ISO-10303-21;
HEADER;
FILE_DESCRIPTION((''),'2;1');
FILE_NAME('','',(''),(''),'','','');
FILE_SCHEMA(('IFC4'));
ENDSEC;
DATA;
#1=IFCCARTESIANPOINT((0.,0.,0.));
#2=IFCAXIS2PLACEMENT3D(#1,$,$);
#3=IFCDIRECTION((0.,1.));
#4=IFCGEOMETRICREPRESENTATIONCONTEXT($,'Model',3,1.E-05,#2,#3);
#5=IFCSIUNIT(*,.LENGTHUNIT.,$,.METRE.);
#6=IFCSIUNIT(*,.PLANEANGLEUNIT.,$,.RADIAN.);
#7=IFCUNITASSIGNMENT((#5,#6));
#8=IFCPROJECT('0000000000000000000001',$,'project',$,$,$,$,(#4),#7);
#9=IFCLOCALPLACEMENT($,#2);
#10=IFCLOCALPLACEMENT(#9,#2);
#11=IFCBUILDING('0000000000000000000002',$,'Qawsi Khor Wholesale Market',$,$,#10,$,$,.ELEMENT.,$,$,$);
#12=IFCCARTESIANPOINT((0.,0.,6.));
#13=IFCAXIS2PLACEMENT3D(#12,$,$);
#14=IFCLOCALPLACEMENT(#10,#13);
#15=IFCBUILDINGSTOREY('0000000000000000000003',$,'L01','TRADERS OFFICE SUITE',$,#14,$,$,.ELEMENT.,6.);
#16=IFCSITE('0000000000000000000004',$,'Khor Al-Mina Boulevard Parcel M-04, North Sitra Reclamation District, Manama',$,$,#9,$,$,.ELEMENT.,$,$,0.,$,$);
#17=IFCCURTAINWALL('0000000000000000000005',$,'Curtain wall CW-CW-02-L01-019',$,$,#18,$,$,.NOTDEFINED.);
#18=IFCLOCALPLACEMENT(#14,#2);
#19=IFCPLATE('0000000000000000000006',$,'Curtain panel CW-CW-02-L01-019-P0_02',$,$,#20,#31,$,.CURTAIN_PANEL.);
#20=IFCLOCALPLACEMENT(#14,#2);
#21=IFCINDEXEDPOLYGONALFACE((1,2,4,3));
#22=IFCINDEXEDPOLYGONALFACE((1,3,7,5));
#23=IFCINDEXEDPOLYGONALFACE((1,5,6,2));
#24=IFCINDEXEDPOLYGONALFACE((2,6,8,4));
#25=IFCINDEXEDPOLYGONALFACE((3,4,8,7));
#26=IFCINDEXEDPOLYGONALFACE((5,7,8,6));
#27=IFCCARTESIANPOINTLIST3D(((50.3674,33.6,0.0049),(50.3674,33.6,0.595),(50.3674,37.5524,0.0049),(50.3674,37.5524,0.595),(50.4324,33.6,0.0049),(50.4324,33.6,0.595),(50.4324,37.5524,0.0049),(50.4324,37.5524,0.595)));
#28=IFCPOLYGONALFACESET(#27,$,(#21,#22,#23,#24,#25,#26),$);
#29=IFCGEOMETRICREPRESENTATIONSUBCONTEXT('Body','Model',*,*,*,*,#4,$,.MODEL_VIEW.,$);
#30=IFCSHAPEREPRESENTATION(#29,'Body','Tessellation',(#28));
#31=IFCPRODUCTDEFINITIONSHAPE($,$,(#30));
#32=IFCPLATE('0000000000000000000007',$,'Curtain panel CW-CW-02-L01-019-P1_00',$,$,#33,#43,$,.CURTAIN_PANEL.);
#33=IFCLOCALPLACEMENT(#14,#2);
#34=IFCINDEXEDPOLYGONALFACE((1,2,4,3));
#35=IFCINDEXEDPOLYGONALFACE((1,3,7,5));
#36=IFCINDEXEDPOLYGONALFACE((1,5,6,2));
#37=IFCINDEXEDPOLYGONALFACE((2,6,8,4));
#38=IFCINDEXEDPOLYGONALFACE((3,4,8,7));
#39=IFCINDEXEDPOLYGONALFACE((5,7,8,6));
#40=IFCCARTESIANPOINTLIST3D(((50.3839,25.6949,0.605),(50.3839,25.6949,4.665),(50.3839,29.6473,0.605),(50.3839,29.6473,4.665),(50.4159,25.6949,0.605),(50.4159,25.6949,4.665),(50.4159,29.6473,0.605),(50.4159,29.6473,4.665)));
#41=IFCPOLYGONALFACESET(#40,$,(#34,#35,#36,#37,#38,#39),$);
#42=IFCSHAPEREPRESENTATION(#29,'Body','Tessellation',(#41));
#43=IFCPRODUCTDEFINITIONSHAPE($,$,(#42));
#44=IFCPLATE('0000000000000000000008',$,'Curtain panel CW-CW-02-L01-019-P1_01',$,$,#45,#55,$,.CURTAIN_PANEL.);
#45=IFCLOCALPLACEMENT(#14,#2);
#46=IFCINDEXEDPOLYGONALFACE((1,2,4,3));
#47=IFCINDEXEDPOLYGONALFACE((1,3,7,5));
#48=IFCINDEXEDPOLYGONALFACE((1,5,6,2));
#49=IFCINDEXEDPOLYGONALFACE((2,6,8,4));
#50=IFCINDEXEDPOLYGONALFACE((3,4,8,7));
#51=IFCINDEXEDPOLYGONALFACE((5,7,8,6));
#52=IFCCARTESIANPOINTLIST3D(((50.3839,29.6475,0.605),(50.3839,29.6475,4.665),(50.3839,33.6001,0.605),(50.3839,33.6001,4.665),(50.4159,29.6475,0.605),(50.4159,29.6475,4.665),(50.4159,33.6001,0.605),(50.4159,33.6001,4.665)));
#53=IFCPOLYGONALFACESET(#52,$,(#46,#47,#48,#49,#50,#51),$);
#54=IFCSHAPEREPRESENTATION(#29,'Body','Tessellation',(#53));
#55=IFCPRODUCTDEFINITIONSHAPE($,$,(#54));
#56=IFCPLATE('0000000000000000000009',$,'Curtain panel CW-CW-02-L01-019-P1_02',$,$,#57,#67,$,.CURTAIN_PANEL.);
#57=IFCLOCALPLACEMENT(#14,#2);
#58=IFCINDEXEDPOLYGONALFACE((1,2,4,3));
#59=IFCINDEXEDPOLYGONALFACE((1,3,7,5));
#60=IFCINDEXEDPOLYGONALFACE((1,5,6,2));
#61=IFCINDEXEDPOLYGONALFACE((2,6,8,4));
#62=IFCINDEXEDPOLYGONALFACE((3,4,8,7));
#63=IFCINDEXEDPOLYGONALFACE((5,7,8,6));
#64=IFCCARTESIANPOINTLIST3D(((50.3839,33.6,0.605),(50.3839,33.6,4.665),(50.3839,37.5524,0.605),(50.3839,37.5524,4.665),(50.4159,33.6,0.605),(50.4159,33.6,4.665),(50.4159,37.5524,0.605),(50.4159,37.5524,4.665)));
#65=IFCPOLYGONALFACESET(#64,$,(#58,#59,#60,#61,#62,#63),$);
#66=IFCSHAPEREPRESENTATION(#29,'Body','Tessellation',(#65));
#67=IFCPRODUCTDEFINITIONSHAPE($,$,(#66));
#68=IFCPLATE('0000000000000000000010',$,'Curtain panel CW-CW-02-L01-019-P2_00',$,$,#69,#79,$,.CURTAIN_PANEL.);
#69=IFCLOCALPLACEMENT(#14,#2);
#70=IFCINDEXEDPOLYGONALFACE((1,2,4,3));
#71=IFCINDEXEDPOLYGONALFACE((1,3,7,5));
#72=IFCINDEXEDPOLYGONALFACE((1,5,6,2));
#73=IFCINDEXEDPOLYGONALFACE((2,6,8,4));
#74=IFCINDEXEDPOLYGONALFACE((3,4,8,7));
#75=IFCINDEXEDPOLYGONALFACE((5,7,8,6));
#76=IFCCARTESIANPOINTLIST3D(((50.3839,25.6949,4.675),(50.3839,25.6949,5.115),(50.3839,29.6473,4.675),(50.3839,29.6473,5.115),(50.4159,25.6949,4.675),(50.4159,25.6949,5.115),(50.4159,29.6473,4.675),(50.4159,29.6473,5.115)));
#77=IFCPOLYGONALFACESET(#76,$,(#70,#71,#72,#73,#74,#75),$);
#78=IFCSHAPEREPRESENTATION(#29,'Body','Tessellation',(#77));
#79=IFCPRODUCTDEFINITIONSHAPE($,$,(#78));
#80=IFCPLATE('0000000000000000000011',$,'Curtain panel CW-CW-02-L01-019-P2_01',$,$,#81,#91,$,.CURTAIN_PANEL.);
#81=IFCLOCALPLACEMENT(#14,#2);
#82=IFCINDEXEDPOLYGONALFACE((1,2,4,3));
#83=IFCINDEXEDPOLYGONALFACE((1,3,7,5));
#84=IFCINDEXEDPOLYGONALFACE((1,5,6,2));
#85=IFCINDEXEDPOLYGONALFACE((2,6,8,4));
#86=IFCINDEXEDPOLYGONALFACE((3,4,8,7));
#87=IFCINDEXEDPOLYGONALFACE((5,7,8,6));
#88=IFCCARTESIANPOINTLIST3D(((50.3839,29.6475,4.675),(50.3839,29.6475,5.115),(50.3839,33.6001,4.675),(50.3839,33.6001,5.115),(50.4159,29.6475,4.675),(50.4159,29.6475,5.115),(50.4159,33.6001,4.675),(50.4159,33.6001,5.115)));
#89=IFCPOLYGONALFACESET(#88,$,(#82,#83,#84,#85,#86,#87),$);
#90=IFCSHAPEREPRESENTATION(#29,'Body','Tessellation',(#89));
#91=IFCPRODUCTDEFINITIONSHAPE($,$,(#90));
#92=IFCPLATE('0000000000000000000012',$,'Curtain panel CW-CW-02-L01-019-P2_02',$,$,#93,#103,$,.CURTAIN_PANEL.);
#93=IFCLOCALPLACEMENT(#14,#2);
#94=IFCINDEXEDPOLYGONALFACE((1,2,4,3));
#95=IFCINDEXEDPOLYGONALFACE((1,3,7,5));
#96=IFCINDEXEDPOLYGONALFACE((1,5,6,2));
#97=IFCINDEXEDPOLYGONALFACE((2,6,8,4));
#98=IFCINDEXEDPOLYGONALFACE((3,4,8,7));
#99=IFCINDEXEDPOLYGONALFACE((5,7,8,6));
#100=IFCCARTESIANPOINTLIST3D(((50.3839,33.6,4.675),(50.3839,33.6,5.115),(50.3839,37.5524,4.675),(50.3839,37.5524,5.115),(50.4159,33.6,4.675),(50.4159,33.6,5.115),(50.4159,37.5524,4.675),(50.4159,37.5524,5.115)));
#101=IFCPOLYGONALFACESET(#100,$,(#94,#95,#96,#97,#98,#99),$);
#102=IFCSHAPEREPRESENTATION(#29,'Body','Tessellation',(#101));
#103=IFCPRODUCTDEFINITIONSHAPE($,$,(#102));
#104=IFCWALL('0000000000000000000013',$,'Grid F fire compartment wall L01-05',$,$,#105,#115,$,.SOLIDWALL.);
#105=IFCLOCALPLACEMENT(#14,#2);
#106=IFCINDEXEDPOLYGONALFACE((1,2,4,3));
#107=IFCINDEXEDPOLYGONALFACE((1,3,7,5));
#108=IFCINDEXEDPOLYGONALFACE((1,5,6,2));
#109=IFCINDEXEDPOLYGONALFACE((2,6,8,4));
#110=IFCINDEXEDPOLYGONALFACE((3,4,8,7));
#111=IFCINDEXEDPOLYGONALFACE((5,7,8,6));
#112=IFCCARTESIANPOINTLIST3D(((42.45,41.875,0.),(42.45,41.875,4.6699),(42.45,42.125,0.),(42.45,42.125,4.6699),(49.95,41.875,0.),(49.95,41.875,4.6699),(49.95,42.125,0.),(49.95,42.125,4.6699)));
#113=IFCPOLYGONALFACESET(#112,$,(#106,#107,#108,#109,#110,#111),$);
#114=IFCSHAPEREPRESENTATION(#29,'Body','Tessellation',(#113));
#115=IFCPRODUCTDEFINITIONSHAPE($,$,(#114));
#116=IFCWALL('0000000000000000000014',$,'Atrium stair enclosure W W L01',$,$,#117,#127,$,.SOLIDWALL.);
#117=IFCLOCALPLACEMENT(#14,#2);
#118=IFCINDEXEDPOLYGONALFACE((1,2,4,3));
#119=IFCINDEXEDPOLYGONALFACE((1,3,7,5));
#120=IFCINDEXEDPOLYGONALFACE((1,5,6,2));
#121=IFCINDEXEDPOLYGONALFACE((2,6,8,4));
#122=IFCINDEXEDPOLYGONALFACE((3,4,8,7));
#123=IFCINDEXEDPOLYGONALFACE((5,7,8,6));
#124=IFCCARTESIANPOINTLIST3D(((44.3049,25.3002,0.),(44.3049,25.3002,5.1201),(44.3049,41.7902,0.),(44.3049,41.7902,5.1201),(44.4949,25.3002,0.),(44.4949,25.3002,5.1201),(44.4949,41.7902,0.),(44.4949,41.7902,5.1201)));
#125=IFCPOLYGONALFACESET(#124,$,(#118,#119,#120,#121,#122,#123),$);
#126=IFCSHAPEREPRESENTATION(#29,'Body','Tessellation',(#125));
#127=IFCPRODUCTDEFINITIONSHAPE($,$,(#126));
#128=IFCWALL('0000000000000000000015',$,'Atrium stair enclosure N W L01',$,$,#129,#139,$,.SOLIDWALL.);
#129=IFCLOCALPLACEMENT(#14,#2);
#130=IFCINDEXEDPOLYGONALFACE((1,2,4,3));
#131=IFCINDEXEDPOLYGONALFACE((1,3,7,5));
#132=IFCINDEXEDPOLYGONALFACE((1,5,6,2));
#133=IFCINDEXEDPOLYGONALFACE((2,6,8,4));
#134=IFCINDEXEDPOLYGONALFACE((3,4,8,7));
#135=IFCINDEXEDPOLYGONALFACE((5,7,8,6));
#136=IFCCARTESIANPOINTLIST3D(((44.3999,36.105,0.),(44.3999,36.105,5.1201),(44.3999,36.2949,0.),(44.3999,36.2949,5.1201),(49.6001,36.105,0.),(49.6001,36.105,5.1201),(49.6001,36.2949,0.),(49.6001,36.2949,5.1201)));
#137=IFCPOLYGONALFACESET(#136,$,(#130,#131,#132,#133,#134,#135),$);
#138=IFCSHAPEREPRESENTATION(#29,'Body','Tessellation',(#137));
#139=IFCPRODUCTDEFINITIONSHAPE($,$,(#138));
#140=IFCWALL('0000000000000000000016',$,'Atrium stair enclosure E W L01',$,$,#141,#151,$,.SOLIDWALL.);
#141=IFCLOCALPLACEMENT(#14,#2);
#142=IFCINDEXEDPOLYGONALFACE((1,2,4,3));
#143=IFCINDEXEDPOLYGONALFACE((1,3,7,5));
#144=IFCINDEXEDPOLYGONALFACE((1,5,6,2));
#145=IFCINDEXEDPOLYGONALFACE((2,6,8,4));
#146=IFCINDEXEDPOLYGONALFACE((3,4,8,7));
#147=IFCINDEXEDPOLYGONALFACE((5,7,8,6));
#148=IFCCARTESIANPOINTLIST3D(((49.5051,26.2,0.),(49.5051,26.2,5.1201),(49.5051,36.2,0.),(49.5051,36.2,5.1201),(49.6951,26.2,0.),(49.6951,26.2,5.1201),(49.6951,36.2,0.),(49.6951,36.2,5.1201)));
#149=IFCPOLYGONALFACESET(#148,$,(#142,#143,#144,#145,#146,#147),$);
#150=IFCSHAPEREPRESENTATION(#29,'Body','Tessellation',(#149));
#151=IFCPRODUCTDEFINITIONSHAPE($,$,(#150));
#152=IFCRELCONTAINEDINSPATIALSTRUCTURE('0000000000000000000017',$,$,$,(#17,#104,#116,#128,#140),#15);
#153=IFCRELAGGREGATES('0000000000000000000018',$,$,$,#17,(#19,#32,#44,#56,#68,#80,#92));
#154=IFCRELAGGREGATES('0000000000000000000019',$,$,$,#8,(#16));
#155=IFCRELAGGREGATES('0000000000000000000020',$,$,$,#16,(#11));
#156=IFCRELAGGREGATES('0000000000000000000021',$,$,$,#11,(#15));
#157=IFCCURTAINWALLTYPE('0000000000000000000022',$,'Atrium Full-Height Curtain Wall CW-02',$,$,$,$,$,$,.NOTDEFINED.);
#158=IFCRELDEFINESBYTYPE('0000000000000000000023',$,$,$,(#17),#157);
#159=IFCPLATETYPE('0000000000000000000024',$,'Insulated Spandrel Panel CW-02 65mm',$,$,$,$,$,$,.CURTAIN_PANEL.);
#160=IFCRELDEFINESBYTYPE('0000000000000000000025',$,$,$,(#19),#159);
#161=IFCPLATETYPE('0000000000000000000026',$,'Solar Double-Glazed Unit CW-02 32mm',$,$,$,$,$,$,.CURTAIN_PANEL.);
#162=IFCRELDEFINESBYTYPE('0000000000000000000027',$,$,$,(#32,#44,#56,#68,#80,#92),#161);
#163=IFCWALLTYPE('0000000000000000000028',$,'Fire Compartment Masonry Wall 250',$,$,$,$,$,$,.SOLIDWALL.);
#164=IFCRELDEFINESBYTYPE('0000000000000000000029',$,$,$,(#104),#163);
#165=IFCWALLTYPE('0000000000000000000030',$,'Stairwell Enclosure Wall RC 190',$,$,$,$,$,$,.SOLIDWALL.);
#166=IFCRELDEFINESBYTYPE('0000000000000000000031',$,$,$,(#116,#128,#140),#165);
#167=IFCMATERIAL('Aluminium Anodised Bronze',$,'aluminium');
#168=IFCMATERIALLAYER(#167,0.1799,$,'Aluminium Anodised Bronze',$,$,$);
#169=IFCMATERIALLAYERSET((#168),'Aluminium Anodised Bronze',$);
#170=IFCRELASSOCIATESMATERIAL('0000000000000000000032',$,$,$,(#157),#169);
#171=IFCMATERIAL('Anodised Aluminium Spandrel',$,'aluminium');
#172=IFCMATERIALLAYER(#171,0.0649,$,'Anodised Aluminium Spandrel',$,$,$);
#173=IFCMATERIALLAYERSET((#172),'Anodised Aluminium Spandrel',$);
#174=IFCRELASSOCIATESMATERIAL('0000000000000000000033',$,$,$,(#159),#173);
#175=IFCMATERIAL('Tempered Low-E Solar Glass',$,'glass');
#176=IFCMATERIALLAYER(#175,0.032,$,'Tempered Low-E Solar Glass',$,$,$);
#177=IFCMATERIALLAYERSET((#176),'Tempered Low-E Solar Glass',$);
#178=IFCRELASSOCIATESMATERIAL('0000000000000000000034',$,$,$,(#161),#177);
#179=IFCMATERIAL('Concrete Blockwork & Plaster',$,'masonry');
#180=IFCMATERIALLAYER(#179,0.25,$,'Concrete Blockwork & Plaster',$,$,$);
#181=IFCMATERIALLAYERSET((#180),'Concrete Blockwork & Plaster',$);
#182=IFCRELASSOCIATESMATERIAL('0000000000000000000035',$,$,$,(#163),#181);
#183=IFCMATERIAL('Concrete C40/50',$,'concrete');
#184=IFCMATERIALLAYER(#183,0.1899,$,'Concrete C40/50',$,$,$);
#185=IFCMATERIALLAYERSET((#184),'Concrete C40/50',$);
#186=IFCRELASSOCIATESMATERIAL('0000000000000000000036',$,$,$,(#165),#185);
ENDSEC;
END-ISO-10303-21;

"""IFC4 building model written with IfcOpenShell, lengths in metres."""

from ifc_helpers import new_model, si_unit, direction, frame, frame_2d, origin, place, context, subcontext, project, spatial, rectangle, extrude, material, layer, layer_set, type_object, element, aggregate, save


model = new_model("IFC4")

# Units and contexts
model_context = context("Model", 3, precision=1e-05, world=origin(), true_north=direction((0.0, 1.0)))
body_context = subcontext(model_context, "Body", "Model", "MODEL_VIEW")
ifc_project = project(units=[si_unit("LENGTHUNIT", "METRE"), si_unit("PLANEANGLEUNIT", "RADIAN")], contexts=[model_context])

# Site, building, storey
site_placement = place(None, origin())
site = spatial("IfcSite", under=ifc_project, at=site_placement, Name="Khor Al-Mina Boulevard Parcel M-04, North Sitra Reclamation District, Manama", CompositionType="ELEMENT", RefElevation=0.0)
building_placement = place(site_placement, origin())
building = spatial("IfcBuilding", under=site, at=building_placement, Name="Qawsi Khor Wholesale Market", CompositionType="ELEMENT")
storey_placement = place(building_placement, frame((0.0, 0.0, 6.0)))
storey = spatial("IfcBuildingStorey", under=building, at=storey_placement, Name="L01", Description="TRADERS OFFICE SUITE", CompositionType="ELEMENT", Elevation=6.0)

# Curtain wall
ifc_material_1 = material(Name="Aluminium Anodised Bronze", Category="aluminium")
ifc_layer_1 = layer(ifc_material_1, 0.1799, Name="Aluminium Anodised Bronze")
ifc_layer_set_1 = layer_set([ifc_layer_1], Name="Aluminium Anodised Bronze")
curtain_wall_type = type_object("IfcCurtainWallType", Name="Atrium Full-Height Curtain Wall CW-02", PredefinedType="NOTDEFINED", material=ifc_layer_set_1)
curtain_wall_placement = place(storey_placement, origin())
curtain_wall = element("IfcCurtainWall", 1, at=curtain_wall_placement, inside=storey, type_object=curtain_wall_type, Name="Curtain wall CW-CW-02-L01-019", PredefinedType="NOTDEFINED")

# Plates
ifc_material_2 = material(Name="Anodised Aluminium Spandrel", Category="aluminium")
ifc_layer_2 = layer(ifc_material_2, 0.0649, Name="Anodised Aluminium Spandrel")
ifc_layer_set_2 = layer_set([ifc_layer_2], Name="Anodised Aluminium Spandrel")
plate_type_1 = type_object("IfcPlateType", Name="Insulated Spandrel Panel CW-02 65mm", PredefinedType="CURTAIN_PANEL", material=ifc_layer_set_2)
plate_1_placement = place(storey_placement, frame((50.3999, 33.6001, 0.0049), z_axis=(0.0, 0.0, 1.0), x_axis=(0.0, 1.0, 0.0)))
plate_1 = element("IfcPlate", 2, at=plate_1_placement, type_object=plate_type_1, Name="Curtain panel CW-CW-02-L01-019-P0_02", PredefinedType="CURTAIN_PANEL", context=body_context, shape_type="SweptSolid", body=[
    extrude(rectangle(XDim=3.9524, YDim=0.0649, at=frame_2d((1.9761, 0.0))), origin(), (0.0, 0.0, 1.0), 0.5901),
])
ifc_material_3 = material(Name="Tempered Low-E Solar Glass", Category="glass")
ifc_layer_3 = layer(ifc_material_3, 0.032, Name="Tempered Low-E Solar Glass")
ifc_layer_set_3 = layer_set([ifc_layer_3], Name="Tempered Low-E Solar Glass")
plate_type_2 = type_object("IfcPlateType", Name="Solar Double-Glazed Unit CW-02 32mm", PredefinedType="CURTAIN_PANEL", material=ifc_layer_set_3)
plate_2_placement = place(storey_placement, frame((50.3999, 25.6951, 0.605), z_axis=(0.0, 0.0, 1.0), x_axis=(0.0, 1.0, 0.0)))
plate_2 = element("IfcPlate", 3, at=plate_2_placement, type_object=plate_type_2, Name="Curtain panel CW-CW-02-L01-019-P1_00", PredefinedType="CURTAIN_PANEL", context=body_context, shape_type="SweptSolid", body=[
    extrude(rectangle(XDim=3.9524, YDim=0.032, at=frame_2d((1.9761, 0.0))), origin(), (0.0, 0.0, 1.0), 4.0601),
])
plate_3_placement = place(storey_placement, frame((50.3999, 29.6475, 0.605), z_axis=(0.0, 0.0, 1.0), x_axis=(0.0, 1.0, 0.0)))
plate_3 = element("IfcPlate", 4, at=plate_3_placement, type_object=plate_type_2, Name="Curtain panel CW-CW-02-L01-019-P1_01", PredefinedType="CURTAIN_PANEL", context=body_context, shape_type="SweptSolid", body=[
    extrude(rectangle(XDim=3.9526, YDim=0.032, at=frame_2d((1.9763, 0.0))), origin(), (0.0, 0.0, 1.0), 4.0601),
])
plate_4_placement = place(storey_placement, frame((50.3999, 33.6001, 0.605), z_axis=(0.0, 0.0, 1.0), x_axis=(0.0, 1.0, 0.0)))
plate_4 = element("IfcPlate", 5, at=plate_4_placement, type_object=plate_type_2, Name="Curtain panel CW-CW-02-L01-019-P1_02", PredefinedType="CURTAIN_PANEL", context=body_context, shape_type="SweptSolid", body=[
    extrude(rectangle(XDim=3.9524, YDim=0.032, at=frame_2d((1.9761, 0.0))), origin(), (0.0, 0.0, 1.0), 4.0601),
])
plate_5_placement = place(storey_placement, frame((50.3999, 25.6951, 4.675), z_axis=(0.0, 0.0, 1.0), x_axis=(0.0, 1.0, 0.0)))
plate_5 = element("IfcPlate", 6, at=plate_5_placement, type_object=plate_type_2, Name="Curtain panel CW-CW-02-L01-019-P2_00", PredefinedType="CURTAIN_PANEL", context=body_context, shape_type="SweptSolid", body=[
    extrude(rectangle(XDim=3.9524, YDim=0.032, at=frame_2d((1.9761, 0.0))), origin(), (0.0, 0.0, 1.0), 0.4399),
])
plate_6_placement = place(storey_placement, frame((50.3999, 29.6475, 4.675), z_axis=(0.0, 0.0, 1.0), x_axis=(0.0, 1.0, 0.0)))
plate_6 = element("IfcPlate", 7, at=plate_6_placement, type_object=plate_type_2, Name="Curtain panel CW-CW-02-L01-019-P2_01", PredefinedType="CURTAIN_PANEL", context=body_context, shape_type="SweptSolid", body=[
    extrude(rectangle(XDim=3.9526, YDim=0.032, at=frame_2d((1.9763, 0.0))), origin(), (0.0, 0.0, 1.0), 0.4399),
])
plate_7_placement = place(storey_placement, frame((50.3999, 33.6001, 4.675), z_axis=(0.0, 0.0, 1.0), x_axis=(0.0, 1.0, 0.0)))
plate_7 = element("IfcPlate", 8, at=plate_7_placement, type_object=plate_type_2, Name="Curtain panel CW-CW-02-L01-019-P2_02", PredefinedType="CURTAIN_PANEL", context=body_context, shape_type="SweptSolid", body=[
    extrude(rectangle(XDim=3.9524, YDim=0.032, at=frame_2d((1.9761, 0.0))), origin(), (0.0, 0.0, 1.0), 0.4399),
])
aggregate(curtain_wall, [plate_1, plate_2, plate_3, plate_4, plate_5, plate_6, plate_7])

# Walls
ifc_material_4 = material(Name="Concrete Blockwork & Plaster", Category="masonry")
ifc_layer_4 = layer(ifc_material_4, 0.25, Name="Concrete Blockwork & Plaster")
ifc_layer_set_4 = layer_set([ifc_layer_4], Name="Concrete Blockwork & Plaster")
wall_type_1 = type_object("IfcWallType", Name="Fire Compartment Masonry Wall 250", PredefinedType="SOLIDWALL", material=ifc_layer_set_4)
wall_1_placement = place(storey_placement, frame((42.45, 42.0, 0.0), z_axis=(0.0, 0.0, 1.0), x_axis=(1.0, 0.0, 0.0)))
element("IfcWall", 9, at=wall_1_placement, inside=storey, type_object=wall_type_1, Name="Grid F fire compartment wall L01-05", PredefinedType="SOLIDWALL", context=body_context, shape_type="SweptSolid", body=[
    extrude(rectangle(XDim=7.5, YDim=0.25, at=frame_2d((3.75, 0.0))), origin(), (0.0, 0.0, 1.0), 4.6699),
])
ifc_material_5 = material(Name="Concrete C40/50", Category="concrete")
ifc_layer_5 = layer(ifc_material_5, 0.1899, Name="Concrete C40/50")
ifc_layer_set_5 = layer_set([ifc_layer_5], Name="Concrete C40/50")
wall_type_2 = type_object("IfcWallType", Name="Stairwell Enclosure Wall RC 190", PredefinedType="SOLIDWALL", material=ifc_layer_set_5)
wall_2_placement = place(storey_placement, frame((44.3999, 25.3, 0.0), z_axis=(0.0, 0.0, 1.0), x_axis=(0.0, 1.0, 0.0)))
element("IfcWall", 10, at=wall_2_placement, inside=storey, type_object=wall_type_2, Name="Atrium stair enclosure W W L01", PredefinedType="SOLIDWALL", context=body_context, shape_type="SweptSolid", body=[
    extrude(rectangle(XDim=16.49, YDim=0.1899, at=frame_2d((8.2451, 0.0))), origin(), (0.0, 0.0, 1.0), 5.1201),
])
wall_3_placement = place(storey_placement, frame((44.3999, 36.2, 0.0), z_axis=(0.0, 0.0, 1.0), x_axis=(1.0, 0.0, 0.0)))
element("IfcWall", 11, at=wall_3_placement, inside=storey, type_object=wall_type_2, Name="Atrium stair enclosure N W L01", PredefinedType="SOLIDWALL", context=body_context, shape_type="SweptSolid", body=[
    extrude(rectangle(XDim=5.2002, YDim=0.1899, at=frame_2d((2.6001, 0.0))), origin(), (0.0, 0.0, 1.0), 5.1201),
])
wall_4_placement = place(storey_placement, frame((49.6001, 26.2, 0.0), z_axis=(0.0, 0.0, 1.0), x_axis=(0.0, 1.0, 0.0)))
element("IfcWall", 12, at=wall_4_placement, inside=storey, type_object=wall_type_2, Name="Atrium stair enclosure E W L01", PredefinedType="SOLIDWALL", context=body_context, shape_type="SweptSolid", body=[
    extrude(rectangle(XDim=10.0, YDim=0.1899, at=frame_2d((5.0, 0.0))), origin(), (0.0, 0.0, 1.0), 5.1201),
])

save(model, "model.ifc")
